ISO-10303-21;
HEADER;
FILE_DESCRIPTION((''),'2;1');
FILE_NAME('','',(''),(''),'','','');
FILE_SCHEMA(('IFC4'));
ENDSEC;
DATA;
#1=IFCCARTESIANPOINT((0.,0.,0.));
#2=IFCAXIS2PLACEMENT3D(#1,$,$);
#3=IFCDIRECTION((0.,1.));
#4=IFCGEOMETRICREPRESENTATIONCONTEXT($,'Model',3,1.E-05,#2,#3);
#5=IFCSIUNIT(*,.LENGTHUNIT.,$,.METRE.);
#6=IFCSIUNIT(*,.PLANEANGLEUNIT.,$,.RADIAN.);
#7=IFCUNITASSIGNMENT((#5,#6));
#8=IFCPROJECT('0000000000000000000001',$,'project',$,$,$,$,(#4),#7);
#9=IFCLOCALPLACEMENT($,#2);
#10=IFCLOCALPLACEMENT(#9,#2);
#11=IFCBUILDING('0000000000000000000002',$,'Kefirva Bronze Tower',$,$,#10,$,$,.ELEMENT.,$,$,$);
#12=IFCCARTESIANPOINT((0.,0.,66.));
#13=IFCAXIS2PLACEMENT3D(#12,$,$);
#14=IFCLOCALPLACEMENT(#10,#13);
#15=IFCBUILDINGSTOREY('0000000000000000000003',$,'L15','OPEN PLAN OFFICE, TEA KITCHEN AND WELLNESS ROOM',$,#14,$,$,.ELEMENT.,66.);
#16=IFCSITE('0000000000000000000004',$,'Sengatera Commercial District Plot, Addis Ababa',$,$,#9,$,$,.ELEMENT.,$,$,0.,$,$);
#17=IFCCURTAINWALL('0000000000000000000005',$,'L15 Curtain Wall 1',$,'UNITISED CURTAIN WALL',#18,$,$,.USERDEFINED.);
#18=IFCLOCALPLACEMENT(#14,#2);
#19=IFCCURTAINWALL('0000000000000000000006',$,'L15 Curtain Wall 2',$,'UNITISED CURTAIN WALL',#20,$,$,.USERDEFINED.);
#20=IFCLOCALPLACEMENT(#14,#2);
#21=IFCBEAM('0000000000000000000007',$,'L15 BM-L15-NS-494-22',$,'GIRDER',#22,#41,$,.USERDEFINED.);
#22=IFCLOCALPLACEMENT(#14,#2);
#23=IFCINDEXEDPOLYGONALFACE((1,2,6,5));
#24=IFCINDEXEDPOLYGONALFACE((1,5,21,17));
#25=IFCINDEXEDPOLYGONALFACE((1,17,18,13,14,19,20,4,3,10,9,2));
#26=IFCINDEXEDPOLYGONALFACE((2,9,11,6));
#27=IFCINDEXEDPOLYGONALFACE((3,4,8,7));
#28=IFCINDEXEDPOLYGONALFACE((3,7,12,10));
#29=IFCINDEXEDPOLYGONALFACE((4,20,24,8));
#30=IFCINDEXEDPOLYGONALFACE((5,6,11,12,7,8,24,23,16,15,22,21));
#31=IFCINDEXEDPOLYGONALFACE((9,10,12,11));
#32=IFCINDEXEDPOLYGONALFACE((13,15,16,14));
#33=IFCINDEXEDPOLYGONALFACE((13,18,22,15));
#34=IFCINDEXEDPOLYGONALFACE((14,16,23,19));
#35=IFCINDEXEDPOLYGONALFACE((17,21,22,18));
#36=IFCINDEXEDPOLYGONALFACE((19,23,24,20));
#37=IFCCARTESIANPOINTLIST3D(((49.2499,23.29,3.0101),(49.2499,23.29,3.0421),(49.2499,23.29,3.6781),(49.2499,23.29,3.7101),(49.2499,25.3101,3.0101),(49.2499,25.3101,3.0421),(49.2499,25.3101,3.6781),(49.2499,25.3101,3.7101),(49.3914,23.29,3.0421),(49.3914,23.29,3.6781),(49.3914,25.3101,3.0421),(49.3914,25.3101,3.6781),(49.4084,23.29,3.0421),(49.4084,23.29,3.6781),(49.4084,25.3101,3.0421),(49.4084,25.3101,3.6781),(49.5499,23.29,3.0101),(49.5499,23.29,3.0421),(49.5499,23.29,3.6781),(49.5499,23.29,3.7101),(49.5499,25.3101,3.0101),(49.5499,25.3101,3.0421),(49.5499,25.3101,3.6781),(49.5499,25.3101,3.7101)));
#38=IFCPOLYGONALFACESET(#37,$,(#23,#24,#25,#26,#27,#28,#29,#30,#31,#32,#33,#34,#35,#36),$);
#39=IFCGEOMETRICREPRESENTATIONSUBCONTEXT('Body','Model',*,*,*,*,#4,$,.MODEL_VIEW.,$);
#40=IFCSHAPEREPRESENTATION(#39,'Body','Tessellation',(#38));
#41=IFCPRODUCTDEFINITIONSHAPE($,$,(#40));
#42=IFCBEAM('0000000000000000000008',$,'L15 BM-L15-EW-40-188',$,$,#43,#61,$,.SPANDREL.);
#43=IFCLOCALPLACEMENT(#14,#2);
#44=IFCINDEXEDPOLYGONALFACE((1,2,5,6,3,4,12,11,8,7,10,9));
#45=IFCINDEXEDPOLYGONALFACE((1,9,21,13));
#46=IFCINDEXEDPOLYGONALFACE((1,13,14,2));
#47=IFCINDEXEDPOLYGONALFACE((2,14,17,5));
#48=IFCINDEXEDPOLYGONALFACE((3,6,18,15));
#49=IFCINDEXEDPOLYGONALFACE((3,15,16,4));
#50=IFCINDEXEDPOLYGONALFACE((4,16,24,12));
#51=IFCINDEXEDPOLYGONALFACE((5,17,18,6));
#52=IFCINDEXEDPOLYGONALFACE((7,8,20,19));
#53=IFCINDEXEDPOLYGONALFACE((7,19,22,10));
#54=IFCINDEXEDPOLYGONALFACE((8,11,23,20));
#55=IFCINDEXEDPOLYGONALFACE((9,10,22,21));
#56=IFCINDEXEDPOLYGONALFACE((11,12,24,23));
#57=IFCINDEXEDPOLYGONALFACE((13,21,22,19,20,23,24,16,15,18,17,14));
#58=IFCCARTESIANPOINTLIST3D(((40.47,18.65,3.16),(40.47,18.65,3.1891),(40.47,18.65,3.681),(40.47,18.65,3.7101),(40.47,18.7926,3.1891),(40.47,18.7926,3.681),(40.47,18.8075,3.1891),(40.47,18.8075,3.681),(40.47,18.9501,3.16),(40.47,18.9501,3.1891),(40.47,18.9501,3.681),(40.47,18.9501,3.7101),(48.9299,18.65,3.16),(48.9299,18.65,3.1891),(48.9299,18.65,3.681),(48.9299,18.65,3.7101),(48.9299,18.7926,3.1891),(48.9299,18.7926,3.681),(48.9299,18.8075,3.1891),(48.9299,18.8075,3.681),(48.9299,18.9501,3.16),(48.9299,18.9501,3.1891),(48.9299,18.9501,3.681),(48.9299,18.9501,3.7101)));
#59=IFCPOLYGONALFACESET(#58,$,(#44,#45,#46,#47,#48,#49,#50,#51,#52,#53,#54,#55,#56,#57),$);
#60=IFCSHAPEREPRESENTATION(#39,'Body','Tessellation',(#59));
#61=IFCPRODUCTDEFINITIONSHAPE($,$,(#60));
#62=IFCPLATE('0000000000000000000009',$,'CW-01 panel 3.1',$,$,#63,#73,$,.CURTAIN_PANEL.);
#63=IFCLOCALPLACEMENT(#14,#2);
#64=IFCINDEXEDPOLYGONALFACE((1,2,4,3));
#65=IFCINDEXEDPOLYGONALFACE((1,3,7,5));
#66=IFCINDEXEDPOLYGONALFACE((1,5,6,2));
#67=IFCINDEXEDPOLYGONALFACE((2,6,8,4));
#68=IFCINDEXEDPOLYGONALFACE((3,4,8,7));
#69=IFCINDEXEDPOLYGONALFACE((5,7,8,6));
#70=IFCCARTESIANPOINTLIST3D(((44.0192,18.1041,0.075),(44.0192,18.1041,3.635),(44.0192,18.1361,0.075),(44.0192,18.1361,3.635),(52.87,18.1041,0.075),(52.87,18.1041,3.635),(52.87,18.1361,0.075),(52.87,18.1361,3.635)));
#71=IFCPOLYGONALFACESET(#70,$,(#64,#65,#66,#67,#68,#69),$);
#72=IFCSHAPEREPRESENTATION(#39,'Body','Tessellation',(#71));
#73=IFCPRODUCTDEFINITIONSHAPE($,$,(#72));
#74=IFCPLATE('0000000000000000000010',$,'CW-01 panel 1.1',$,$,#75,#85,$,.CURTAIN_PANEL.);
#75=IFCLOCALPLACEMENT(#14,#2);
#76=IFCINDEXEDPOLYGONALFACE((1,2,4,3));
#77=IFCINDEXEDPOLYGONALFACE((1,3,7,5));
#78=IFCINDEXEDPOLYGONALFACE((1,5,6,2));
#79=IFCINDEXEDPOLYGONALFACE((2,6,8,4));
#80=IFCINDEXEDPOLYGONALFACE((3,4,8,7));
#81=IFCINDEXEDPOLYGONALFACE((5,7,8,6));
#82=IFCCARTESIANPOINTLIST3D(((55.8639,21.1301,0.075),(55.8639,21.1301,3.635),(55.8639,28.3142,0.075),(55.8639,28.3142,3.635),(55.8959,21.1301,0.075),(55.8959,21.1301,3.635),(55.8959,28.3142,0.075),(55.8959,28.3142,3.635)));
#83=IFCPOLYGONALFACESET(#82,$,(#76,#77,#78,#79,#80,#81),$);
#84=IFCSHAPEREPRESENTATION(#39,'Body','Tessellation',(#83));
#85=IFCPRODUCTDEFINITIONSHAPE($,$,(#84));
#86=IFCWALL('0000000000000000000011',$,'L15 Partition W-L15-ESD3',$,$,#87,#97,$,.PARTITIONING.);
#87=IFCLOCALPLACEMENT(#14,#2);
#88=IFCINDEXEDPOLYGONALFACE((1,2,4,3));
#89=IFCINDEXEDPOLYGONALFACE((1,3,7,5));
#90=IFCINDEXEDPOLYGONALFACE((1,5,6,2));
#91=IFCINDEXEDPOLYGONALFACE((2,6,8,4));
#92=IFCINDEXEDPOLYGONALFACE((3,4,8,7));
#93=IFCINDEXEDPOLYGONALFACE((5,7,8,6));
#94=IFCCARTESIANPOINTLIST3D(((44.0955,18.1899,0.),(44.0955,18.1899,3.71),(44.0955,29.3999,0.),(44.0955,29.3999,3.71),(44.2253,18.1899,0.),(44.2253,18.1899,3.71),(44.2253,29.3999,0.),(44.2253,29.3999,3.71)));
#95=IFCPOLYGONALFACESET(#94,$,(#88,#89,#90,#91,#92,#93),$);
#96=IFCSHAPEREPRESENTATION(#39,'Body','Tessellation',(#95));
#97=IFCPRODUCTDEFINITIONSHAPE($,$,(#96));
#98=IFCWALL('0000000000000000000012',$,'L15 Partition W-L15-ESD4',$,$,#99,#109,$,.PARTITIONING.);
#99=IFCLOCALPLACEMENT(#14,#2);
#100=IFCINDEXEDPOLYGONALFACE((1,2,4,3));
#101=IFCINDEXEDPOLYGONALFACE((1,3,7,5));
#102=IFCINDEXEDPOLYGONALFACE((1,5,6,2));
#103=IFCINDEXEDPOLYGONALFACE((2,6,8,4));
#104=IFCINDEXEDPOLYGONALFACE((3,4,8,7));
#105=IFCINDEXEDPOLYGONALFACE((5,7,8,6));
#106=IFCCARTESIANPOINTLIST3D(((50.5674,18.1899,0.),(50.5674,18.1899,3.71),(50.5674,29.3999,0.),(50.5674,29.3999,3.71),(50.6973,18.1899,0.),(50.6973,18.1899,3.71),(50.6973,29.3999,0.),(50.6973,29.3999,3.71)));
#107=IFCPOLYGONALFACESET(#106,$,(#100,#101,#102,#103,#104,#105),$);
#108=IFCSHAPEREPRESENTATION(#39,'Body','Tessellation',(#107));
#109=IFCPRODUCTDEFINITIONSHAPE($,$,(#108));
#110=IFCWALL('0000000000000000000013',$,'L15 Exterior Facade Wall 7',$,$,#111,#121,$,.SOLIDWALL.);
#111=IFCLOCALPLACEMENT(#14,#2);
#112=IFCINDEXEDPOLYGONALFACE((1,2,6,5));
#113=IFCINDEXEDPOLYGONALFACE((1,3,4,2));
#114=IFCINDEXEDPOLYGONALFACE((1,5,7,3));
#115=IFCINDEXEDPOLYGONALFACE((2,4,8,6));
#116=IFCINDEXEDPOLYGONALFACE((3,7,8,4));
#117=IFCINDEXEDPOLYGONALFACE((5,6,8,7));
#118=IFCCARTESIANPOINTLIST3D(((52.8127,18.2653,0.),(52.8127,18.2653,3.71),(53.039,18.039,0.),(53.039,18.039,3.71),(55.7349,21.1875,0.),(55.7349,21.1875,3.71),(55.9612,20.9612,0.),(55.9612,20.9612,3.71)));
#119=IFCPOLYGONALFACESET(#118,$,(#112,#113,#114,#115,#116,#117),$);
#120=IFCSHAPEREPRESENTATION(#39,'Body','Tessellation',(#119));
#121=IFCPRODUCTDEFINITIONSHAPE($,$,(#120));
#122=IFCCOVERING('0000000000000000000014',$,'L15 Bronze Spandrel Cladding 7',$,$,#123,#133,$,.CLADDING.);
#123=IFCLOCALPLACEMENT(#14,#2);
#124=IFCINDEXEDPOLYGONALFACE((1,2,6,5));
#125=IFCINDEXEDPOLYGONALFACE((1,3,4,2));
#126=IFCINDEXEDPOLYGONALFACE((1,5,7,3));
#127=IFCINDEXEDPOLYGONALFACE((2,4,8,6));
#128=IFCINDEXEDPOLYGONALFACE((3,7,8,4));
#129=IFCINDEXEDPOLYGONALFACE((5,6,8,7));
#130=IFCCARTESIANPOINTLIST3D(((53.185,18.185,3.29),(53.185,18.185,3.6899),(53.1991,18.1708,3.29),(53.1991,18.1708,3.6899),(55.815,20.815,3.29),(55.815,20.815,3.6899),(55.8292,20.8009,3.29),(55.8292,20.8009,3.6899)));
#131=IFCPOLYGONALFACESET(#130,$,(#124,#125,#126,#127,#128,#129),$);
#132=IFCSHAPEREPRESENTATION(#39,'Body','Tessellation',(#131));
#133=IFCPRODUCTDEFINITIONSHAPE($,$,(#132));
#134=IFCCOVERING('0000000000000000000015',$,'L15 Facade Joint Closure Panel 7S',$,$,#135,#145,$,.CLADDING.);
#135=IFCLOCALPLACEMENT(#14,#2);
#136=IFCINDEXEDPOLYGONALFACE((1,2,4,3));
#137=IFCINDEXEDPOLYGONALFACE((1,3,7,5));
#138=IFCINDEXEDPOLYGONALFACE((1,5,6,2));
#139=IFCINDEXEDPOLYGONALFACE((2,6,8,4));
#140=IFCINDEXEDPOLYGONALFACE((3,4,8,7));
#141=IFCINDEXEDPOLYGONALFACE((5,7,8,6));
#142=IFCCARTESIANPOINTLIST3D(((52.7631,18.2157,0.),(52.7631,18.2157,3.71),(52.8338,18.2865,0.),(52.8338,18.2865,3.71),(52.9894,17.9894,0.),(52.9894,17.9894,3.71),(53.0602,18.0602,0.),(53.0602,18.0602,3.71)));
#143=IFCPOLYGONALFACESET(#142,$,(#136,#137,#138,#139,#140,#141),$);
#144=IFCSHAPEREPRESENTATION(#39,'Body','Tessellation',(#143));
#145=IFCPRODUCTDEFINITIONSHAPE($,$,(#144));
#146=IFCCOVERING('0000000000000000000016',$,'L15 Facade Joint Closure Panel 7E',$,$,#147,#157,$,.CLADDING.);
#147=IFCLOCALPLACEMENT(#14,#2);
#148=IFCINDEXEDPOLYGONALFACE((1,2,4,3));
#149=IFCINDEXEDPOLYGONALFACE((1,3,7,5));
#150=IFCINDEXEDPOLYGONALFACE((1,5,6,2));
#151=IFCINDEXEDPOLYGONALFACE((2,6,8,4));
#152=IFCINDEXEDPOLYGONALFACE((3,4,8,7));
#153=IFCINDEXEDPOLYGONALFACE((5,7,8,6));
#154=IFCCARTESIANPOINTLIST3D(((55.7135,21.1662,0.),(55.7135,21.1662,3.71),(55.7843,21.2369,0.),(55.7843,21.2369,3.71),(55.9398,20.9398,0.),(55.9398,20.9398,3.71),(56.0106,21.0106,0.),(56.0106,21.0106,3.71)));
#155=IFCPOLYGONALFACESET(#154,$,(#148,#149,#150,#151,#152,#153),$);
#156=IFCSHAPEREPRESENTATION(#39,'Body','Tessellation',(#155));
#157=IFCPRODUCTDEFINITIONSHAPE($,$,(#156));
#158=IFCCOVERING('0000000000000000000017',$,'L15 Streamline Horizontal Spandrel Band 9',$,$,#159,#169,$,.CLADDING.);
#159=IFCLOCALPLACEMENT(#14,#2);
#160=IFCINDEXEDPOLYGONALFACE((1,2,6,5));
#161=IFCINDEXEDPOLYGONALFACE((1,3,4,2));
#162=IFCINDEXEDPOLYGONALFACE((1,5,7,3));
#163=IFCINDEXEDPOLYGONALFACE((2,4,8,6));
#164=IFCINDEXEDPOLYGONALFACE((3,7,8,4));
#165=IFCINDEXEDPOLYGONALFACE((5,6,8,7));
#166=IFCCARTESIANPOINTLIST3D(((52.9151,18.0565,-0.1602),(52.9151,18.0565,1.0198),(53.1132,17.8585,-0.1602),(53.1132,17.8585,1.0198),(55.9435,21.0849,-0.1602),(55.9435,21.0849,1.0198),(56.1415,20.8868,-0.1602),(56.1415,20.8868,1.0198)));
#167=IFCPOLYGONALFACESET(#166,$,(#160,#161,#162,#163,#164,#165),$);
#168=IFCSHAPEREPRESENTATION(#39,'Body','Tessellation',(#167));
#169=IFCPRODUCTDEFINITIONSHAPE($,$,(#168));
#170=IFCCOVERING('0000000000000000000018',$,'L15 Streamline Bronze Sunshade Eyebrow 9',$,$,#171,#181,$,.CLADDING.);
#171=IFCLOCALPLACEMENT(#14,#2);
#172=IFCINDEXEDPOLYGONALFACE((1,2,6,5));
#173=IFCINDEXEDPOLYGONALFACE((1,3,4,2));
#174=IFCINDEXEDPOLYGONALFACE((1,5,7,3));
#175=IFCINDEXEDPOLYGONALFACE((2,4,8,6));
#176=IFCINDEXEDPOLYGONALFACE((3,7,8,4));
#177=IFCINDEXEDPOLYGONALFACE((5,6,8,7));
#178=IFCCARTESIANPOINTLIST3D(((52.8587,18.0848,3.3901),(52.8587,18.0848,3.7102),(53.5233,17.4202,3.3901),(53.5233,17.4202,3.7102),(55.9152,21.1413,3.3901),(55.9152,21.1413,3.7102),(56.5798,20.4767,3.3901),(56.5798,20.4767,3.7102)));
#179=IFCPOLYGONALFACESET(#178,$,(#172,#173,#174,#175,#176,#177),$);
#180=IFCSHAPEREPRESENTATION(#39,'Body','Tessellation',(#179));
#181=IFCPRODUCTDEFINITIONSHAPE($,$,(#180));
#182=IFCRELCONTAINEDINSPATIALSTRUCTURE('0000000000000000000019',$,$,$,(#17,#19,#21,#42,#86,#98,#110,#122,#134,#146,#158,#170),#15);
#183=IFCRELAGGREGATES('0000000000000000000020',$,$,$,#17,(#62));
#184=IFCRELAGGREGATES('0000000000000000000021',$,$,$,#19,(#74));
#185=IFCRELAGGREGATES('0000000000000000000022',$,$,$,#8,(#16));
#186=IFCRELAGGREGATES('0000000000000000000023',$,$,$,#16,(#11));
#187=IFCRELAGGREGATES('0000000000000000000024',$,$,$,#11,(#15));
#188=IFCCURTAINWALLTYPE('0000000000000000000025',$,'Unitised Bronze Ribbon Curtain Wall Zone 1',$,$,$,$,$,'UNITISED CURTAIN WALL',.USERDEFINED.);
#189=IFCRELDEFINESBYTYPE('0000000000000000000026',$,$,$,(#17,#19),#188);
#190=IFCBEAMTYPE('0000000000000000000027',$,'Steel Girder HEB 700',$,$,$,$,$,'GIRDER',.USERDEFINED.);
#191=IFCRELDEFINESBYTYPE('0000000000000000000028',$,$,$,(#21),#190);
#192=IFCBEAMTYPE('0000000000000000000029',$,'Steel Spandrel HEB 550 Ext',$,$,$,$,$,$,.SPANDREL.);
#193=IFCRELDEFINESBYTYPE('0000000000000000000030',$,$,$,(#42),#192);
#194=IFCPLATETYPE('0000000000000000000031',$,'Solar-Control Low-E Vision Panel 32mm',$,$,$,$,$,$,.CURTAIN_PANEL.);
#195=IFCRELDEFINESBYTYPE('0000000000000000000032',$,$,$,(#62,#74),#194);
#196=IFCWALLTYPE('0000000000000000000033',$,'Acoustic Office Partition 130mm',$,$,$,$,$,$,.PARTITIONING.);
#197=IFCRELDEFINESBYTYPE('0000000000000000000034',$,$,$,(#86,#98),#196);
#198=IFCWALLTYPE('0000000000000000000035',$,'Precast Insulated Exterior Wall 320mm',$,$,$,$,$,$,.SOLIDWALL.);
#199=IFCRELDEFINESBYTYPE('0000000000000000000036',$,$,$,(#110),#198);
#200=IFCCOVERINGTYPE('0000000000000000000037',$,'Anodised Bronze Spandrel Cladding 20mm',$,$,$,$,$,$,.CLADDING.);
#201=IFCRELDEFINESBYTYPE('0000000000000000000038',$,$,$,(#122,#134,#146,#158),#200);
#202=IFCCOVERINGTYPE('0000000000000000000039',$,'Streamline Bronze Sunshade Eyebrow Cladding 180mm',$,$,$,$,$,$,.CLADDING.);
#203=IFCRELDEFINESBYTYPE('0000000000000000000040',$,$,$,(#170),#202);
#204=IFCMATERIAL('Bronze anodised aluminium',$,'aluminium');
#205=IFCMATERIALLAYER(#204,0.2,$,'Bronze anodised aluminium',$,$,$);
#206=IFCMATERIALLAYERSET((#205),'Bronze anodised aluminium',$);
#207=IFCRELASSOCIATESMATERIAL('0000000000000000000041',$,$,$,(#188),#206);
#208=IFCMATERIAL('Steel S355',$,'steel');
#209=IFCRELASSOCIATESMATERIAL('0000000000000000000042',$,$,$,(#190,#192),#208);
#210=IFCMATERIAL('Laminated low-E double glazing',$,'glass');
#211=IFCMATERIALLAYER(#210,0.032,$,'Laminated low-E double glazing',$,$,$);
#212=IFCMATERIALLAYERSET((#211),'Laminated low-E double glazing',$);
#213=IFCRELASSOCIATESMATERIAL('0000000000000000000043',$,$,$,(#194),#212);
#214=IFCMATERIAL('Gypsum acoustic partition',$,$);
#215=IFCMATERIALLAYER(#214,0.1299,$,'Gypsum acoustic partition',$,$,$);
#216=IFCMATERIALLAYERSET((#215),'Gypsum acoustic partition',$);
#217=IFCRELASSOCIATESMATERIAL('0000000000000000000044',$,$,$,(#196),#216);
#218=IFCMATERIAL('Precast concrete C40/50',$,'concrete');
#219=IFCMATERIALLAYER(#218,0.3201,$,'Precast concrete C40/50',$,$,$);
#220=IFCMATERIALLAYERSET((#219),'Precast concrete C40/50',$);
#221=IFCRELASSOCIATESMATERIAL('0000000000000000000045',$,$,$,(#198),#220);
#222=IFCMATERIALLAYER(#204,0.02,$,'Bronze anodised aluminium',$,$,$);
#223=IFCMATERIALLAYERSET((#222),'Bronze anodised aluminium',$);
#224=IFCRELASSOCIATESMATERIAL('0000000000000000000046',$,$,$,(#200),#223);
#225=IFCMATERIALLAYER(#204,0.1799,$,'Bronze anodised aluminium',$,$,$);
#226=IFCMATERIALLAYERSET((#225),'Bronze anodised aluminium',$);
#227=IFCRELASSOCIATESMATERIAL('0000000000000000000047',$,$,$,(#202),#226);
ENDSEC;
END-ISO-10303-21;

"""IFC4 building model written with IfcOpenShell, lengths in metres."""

from ifc_helpers import new_model, si_unit, direction, frame, frame_2d, origin, origin_2d, place, context, subcontext, project, spatial, rectangle, i_section, extrude, material, layer, layer_set, material_profile, profile_set, type_object, element, aggregate, save


model = new_model("IFC4")

# Units and contexts
model_context = context("Model", 3, precision=1e-05, world=origin(), true_north=direction((0.0, 1.0)))
body_context = subcontext(model_context, "Body", "Model", "MODEL_VIEW")
ifc_project = project(units=[si_unit("LENGTHUNIT", "METRE"), si_unit("PLANEANGLEUNIT", "RADIAN")], contexts=[model_context])

# Site, building, storey
site_placement = place(None, origin())
site = spatial("IfcSite", under=ifc_project, at=site_placement, Name="Sengatera Commercial District Plot, Addis Ababa", CompositionType="ELEMENT", RefElevation=0.0)
building_placement = place(site_placement, origin())
building = spatial("IfcBuilding", under=site, at=building_placement, Name="Kefirva Bronze Tower", CompositionType="ELEMENT")
storey_placement = place(building_placement, frame((0.0, 0.0, 66.0)))
storey = spatial("IfcBuildingStorey", under=building, at=storey_placement, Name="L15", Description="OPEN PLAN OFFICE, TEA KITCHEN AND WELLNESS ROOM", CompositionType="ELEMENT", Elevation=66.0)

# Curtain wall
ifc_material_1 = material(Name="Bronze anodised aluminium", Category="aluminium")
ifc_layer_1 = layer(ifc_material_1, 0.2, Name="Bronze anodised aluminium")
ifc_layer_set_1 = layer_set([ifc_layer_1], Name="Bronze anodised aluminium")
curtain_wall_type = type_object("IfcCurtainWallType", Name="Unitised Bronze Ribbon Curtain Wall Zone 1", ElementType="UNITISED CURTAIN WALL", PredefinedType="USERDEFINED", material=ifc_layer_set_1)
curtain_wall_1_placement = place(storey_placement, origin())
curtain_wall_1 = element("IfcCurtainWall", 1, at=curtain_wall_1_placement, inside=storey, type_object=curtain_wall_type, Name="L15 Curtain Wall 1", ObjectType="UNITISED CURTAIN WALL", PredefinedType="USERDEFINED")

# Curtain wall
curtain_wall_2_placement = place(storey_placement, origin())
curtain_wall_2 = element("IfcCurtainWall", 2, at=curtain_wall_2_placement, inside=storey, type_object=curtain_wall_type, Name="L15 Curtain Wall 2", ObjectType="UNITISED CURTAIN WALL", PredefinedType="USERDEFINED")

# Beams
ifc_material_2 = material(Name="Steel S355", Category="steel")
ifc_material_profile_1 = material_profile(ifc_material_2, i_section(OverallWidth=0.3, OverallDepth=0.7, WebThickness=0.0171, FlangeThickness=0.032, at=origin_2d()), Name="HEB 700")
ifc_profile_set_1 = profile_set([ifc_material_profile_1], Name="Steel S355")
beam_type_1 = type_object("IfcBeamType", Name="Steel Girder HEB 700", ElementType="GIRDER", PredefinedType="USERDEFINED", material=ifc_profile_set_1)
beam_1_placement = place(storey_placement, frame((49.3999, 23.29, 3.3601), z_axis=(0.0, 1.0, 0.0), x_axis=(-1.0, 0.0, 0.0)))
element("IfcBeam", 3, at=beam_1_placement, inside=storey, type_object=beam_type_1, Name="L15 BM-L15-NS-494-22", ObjectType="GIRDER", PredefinedType="USERDEFINED", context=body_context, shape_type="SweptSolid", body=[
    extrude(i_section(OverallWidth=0.3, OverallDepth=0.7, WebThickness=0.0171, FlangeThickness=0.032, at=origin_2d()), origin(), (0.0, 0.0, 1.0), 2.02),
])
ifc_material_profile_2 = material_profile(ifc_material_2, i_section(OverallWidth=0.3, OverallDepth=0.55, WebThickness=0.0149, FlangeThickness=0.0291, at=origin_2d()), Name="HEB 550")
ifc_profile_set_2 = profile_set([ifc_material_profile_2], Name="Steel S355")
beam_type_2 = type_object("IfcBeamType", Name="Steel Spandrel HEB 550 Ext", PredefinedType="SPANDREL", material=ifc_profile_set_2)
beam_2_placement = place(storey_placement, frame((40.47, 18.8, 3.4351), z_axis=(1.0, 0.0, 0.0), x_axis=(0.0, 1.0, 0.0)))
element("IfcBeam", 4, at=beam_2_placement, inside=storey, type_object=beam_type_2, Name="L15 BM-L15-EW-40-188", PredefinedType="SPANDREL", context=body_context, shape_type="SweptSolid", body=[
    extrude(i_section(OverallWidth=0.3, OverallDepth=0.55, WebThickness=0.0149, FlangeThickness=0.0291, at=origin_2d()), origin(), (0.0, 0.0, 1.0), 8.46),
])

# Plates
ifc_material_3 = material(Name="Laminated low-E double glazing", Category="glass")
ifc_layer_2 = layer(ifc_material_3, 0.032, Name="Laminated low-E double glazing")
ifc_layer_set_2 = layer_set([ifc_layer_2], Name="Laminated low-E double glazing")
plate_type = type_object("IfcPlateType", Name="Solar-Control Low-E Vision Panel 32mm", PredefinedType="CURTAIN_PANEL", material=ifc_layer_set_2)
plate_1_placement = place(storey_placement, frame((48.4446, 18.1201, 0.075), z_axis=(0.0, 0.0, 1.0), x_axis=(1.0, 0.0, 0.0)))
plate_1 = element("IfcPlate", 5, at=plate_1_placement, type_object=plate_type, Name="CW-01 panel 3.1", PredefinedType="CURTAIN_PANEL", context=body_context, shape_type="SweptSolid", body=[
    extrude(rectangle(XDim=8.8508, YDim=0.032, at=origin_2d()), origin(), (0.0, 0.0, 1.0), 3.5601),
])
aggregate(curtain_wall_1, [plate_1])
plate_2_placement = place(storey_placement, frame((55.8799, 24.7222, 0.075), z_axis=(0.0, 0.0, 1.0), x_axis=(0.0, 1.0, 0.0)))
plate_2 = element("IfcPlate", 6, at=plate_2_placement, type_object=plate_type, Name="CW-01 panel 1.1", PredefinedType="CURTAIN_PANEL", context=body_context, shape_type="SweptSolid", body=[
    extrude(rectangle(XDim=7.1841, YDim=0.032, at=origin_2d()), origin(), (0.0, 0.0, 1.0), 3.5601),
])
aggregate(curtain_wall_2, [plate_2])

# Walls
ifc_material_4 = material(Name="Gypsum acoustic partition")
ifc_layer_3 = layer(ifc_material_4, 0.1299, Name="Gypsum acoustic partition")
ifc_layer_set_3 = layer_set([ifc_layer_3], Name="Gypsum acoustic partition")
wall_type_1 = type_object("IfcWallType", Name="Acoustic Office Partition 130mm", PredefinedType="PARTITIONING", material=ifc_layer_set_3)
for number, where, z_axis, x_axis, name in (
    (7, (44.1604, 18.1899, 0.0), (0.0, 0.0, 1.0), (0.0, 1.0, 0.0), "L15 Partition W-L15-ESD3"),
    (8, (50.6323, 18.1899, 0.0), (0.0, 0.0, 1.0), (0.0, 1.0, 0.0), "L15 Partition W-L15-ESD4"),
):
    element("IfcWall", number, at=place(storey_placement, frame(where, z_axis=z_axis, x_axis=x_axis)), inside=storey, type_object=wall_type_1, Name=name, PredefinedType="PARTITIONING", context=body_context, shape_type="SweptSolid", body=[
        extrude(rectangle(XDim=11.21, YDim=0.1299, at=frame_2d((5.605, 0.0))), origin(), (0.0, 0.0, 1.0), 3.71),
    ])
ifc_material_5 = material(Name="Precast concrete C40/50", Category="concrete")
ifc_layer_4 = layer(ifc_material_5, 0.3201, Name="Precast concrete C40/50")
ifc_layer_set_4 = layer_set([ifc_layer_4], Name="Precast concrete C40/50")
wall_type_2 = type_object("IfcWallType", Name="Precast Insulated Exterior Wall 320mm", PredefinedType="SOLIDWALL", material=ifc_layer_set_4)
wall_placement = place(storey_placement, frame((52.9258, 18.1521, 0.0), z_axis=(0.0, 0.0, 1.0), x_axis=(0.707107, 0.707107, 0.0)))
element("IfcWall", 9, at=wall_placement, inside=storey, type_object=wall_type_2, Name="L15 Exterior Facade Wall 7", PredefinedType="SOLIDWALL", context=body_context, shape_type="SweptSolid", body=[
    extrude(rectangle(XDim=4.1326, YDim=0.3201, at=frame_2d((2.0664, 0.0))), origin(), (0.0, 0.0, 1.0), 3.71),
])

# Coverings
ifc_layer_5 = layer(ifc_material_1, 0.02, Name="Bronze anodised aluminium")
ifc_layer_set_5 = layer_set([ifc_layer_5], Name="Bronze anodised aluminium")
covering_type_1 = type_object("IfcCoveringType", Name="Anodised Bronze Spandrel Cladding 20mm", PredefinedType="CLADDING", material=ifc_layer_set_5)
covering_1_placement = place(storey_placement, frame((54.5071, 19.4929, 3.29), z_axis=(0.0, 0.0, 1.0), x_axis=(0.707107, 0.707107, 0.0)))
element("IfcCovering", 10, at=covering_1_placement, inside=storey, type_object=covering_type_1, Name="L15 Bronze Spandrel Cladding 7", PredefinedType="CLADDING", context=body_context, shape_type="SweptSolid", body=[
    extrude(rectangle(XDim=3.7195, YDim=0.02, at=origin_2d()), origin(), (0.0, 0.0, 1.0), 0.3999),
])
for number, where, z_axis, x_axis, name in (
    (11, (52.9116, 18.1379, 0.0), (0.0, 0.0, 1.0), (0.707107, 0.707107, 0.0), "L15 Facade Joint Closure Panel 7S"),
    (12, (55.8621, 21.0884, 0.0), (0.0, 0.0, 1.0), (0.707107, 0.707107, 0.0), "L15 Facade Joint Closure Panel 7E"),
):
    element("IfcCovering", number, at=place(storey_placement, frame(where, z_axis=z_axis, x_axis=x_axis)), inside=storey, type_object=covering_type_1, Name=name, PredefinedType="CLADDING", context=body_context, shape_type="SweptSolid", body=[
        extrude(rectangle(XDim=0.1001, YDim=0.3201, at=origin_2d()), origin(), (0.0, 0.0, 1.0), 3.71),
    ])
covering_2_placement = place(storey_placement, frame((54.5283, 19.4717, -0.1602), z_axis=(0.0, 0.0, 1.0), x_axis=(0.707107, 0.707107, 0.0)))
element("IfcCovering", 13, at=covering_2_placement, inside=storey, type_object=covering_type_1, Name="L15 Streamline Horizontal Spandrel Band 9", PredefinedType="CLADDING", context=body_context, shape_type="SweptSolid", body=[
    extrude(rectangle(XDim=4.2827, YDim=0.28, at=origin_2d()), origin(), (0.0, 0.0, 1.0), 1.1799),
])
ifc_layer_6 = layer(ifc_material_1, 0.1799, Name="Bronze anodised aluminium")
ifc_layer_set_6 = layer_set([ifc_layer_6], Name="Bronze anodised aluminium")
covering_type_2 = type_object("IfcCoveringType", Name="Streamline Bronze Sunshade Eyebrow Cladding 180mm", PredefinedType="CLADDING", material=ifc_layer_set_6)
covering_3_placement = place(storey_placement, frame((54.7192, 19.2808, 3.3901), z_axis=(0.0, 0.0, 1.0), x_axis=(0.707107, 0.707107, 0.0)))
element("IfcCovering", 14, at=covering_3_placement, inside=storey, type_object=covering_type_2, Name="L15 Streamline Bronze Sunshade Eyebrow 9", PredefinedType="CLADDING", context=body_context, shape_type="SweptSolid", body=[
    extrude(rectangle(XDim=4.3225, YDim=0.9399, at=origin_2d()), origin(), (0.0, 0.0, 1.0), 0.3201),
])

save(model, "model.ifc")
